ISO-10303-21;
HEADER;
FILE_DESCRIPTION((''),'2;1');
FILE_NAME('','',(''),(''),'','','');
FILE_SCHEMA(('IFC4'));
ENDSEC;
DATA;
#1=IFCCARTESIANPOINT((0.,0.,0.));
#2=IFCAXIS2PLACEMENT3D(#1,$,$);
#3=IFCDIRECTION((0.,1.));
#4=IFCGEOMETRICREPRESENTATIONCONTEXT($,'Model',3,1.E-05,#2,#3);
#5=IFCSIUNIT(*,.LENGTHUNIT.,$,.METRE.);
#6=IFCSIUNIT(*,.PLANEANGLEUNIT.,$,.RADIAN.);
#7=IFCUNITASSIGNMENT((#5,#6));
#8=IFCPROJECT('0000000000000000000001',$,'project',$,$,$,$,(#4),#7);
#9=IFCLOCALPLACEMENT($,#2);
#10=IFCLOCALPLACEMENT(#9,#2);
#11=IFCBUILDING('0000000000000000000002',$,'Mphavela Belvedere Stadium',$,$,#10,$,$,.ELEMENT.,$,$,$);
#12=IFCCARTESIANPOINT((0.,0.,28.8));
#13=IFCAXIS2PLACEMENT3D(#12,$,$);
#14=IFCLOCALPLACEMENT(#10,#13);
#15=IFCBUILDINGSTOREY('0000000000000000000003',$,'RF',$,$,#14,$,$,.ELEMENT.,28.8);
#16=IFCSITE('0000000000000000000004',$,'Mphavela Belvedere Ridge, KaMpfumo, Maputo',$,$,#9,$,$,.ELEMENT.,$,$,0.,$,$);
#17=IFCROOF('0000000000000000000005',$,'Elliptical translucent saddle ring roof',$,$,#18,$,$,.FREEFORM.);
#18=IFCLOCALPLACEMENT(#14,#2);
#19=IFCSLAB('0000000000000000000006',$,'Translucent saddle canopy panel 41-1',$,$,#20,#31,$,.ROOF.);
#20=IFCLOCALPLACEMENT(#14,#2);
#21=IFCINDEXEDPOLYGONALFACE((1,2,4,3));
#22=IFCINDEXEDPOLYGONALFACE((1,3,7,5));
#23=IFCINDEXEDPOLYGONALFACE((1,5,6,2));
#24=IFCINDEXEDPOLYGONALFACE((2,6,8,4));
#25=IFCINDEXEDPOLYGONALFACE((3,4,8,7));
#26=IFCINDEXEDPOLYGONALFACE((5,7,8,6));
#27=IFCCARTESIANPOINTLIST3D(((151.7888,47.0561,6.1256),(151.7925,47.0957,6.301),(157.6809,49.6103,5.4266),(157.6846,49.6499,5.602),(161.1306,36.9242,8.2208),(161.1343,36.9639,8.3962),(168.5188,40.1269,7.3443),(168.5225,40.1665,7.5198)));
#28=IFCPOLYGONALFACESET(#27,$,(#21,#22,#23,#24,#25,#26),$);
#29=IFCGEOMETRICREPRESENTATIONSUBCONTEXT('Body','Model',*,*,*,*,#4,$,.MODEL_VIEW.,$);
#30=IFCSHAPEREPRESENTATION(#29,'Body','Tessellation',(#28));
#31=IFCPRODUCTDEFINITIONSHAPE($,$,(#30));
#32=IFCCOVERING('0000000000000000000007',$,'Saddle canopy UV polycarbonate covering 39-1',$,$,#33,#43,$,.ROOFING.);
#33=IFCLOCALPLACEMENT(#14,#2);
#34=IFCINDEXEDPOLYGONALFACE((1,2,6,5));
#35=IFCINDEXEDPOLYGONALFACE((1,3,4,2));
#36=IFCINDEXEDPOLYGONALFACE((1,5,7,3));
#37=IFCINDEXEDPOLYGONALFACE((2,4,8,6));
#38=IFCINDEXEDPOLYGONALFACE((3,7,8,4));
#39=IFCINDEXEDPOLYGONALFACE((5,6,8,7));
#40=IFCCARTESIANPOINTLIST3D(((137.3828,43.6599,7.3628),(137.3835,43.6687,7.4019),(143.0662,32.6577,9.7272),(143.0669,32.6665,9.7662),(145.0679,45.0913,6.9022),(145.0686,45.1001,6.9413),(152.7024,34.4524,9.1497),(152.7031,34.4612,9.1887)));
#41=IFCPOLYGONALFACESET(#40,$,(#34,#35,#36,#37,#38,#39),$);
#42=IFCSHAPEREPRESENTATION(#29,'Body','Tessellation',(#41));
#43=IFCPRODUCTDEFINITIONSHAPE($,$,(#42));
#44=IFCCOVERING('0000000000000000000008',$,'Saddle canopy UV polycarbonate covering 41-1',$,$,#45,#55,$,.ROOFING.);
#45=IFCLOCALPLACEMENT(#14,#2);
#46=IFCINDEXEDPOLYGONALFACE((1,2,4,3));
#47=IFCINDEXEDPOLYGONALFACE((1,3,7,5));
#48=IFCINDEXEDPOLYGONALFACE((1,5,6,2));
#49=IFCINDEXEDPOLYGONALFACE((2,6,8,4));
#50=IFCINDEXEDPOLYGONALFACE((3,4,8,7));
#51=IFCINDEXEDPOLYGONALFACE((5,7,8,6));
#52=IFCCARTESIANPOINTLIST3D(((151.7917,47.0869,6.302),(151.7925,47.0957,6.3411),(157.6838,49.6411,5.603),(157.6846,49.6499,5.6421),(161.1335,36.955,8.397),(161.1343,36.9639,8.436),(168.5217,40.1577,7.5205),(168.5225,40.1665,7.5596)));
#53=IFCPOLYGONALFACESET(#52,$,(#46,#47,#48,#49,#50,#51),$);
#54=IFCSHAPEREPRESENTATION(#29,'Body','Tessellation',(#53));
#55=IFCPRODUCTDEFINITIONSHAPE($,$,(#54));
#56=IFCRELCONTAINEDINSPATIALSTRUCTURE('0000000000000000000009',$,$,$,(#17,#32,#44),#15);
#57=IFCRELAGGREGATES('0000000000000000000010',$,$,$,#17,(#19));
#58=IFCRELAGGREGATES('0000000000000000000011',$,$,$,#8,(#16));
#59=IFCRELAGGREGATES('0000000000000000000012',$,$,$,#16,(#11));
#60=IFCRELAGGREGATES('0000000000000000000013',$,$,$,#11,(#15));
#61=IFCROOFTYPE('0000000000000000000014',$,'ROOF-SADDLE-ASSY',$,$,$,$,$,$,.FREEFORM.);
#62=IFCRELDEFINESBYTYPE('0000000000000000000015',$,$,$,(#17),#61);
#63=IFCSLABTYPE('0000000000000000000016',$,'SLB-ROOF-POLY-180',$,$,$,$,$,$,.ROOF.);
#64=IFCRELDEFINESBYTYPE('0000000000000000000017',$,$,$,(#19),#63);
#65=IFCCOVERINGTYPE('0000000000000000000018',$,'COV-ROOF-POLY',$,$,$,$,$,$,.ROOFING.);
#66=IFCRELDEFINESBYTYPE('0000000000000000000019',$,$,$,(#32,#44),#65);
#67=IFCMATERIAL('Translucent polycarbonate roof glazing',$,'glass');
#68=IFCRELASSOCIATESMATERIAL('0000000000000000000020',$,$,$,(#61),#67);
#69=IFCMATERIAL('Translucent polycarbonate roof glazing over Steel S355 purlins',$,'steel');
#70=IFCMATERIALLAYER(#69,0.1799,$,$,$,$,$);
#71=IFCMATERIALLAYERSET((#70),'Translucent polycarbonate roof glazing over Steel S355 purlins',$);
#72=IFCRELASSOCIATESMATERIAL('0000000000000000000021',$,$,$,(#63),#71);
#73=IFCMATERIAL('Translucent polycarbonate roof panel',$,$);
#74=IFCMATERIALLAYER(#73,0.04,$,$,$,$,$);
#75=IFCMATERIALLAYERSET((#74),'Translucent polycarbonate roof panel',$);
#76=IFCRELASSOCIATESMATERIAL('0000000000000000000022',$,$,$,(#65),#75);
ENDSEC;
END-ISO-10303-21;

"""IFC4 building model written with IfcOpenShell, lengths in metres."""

from ifc_helpers import new_model, si_unit, direction, frame, origin, place, context, subcontext, project, spatial, polyline, outline, extrude, material, layer, layer_set, type_object, element, aggregate, save


model = new_model("IFC4")

# Units and contexts
model_context = context("Model", 3, precision=1e-05, world=origin(), true_north=direction((0.0, 1.0)))
body_context = subcontext(model_context, "Body", "Model", "MODEL_VIEW")
ifc_project = project(units=[si_unit("LENGTHUNIT", "METRE"), si_unit("PLANEANGLEUNIT", "RADIAN")], contexts=[model_context])

# Site, building, storey
site_placement = place(None, origin())
site = spatial("IfcSite", under=ifc_project, at=site_placement, Name="Mphavela Belvedere Ridge, KaMpfumo, Maputo", CompositionType="ELEMENT", RefElevation=0.0)
building_placement = place(site_placement, origin())
building = spatial("IfcBuilding", under=site, at=building_placement, Name="Mphavela Belvedere Stadium", CompositionType="ELEMENT")
storey_placement = place(building_placement, frame((0.0, 0.0, 28.8)))
storey = spatial("IfcBuildingStorey", under=building, at=storey_placement, Name="RF", CompositionType="ELEMENT", Elevation=28.8)

# Roof, slab
ifc_material_1 = material(Name="Translucent polycarbonate roof glazing", Category="glass")
roof_type = type_object("IfcRoofType", Name="ROOF-SADDLE-ASSY", PredefinedType="FREEFORM", material=ifc_material_1)
roof_placement = place(storey_placement, origin())
roof = element("IfcRoof", 1, at=roof_placement, inside=storey, type_object=roof_type, Name="Elliptical translucent saddle ring roof", PredefinedType="FREEFORM")
ifc_material_2 = material(Name="Translucent polycarbonate roof glazing over Steel S355 purlins", Category="steel")
ifc_layer_1 = layer(ifc_material_2, 0.1799)
ifc_layer_set_1 = layer_set([ifc_layer_1], Name="Translucent polycarbonate roof glazing over Steel S355 purlins")
slab_type = type_object("IfcSlabType", Name="SLB-ROOF-POLY-180", PredefinedType="ROOF", material=ifc_layer_set_1)
slab_1_placement = place(storey_placement, frame((151.7925, 47.0957, 6.301), z_axis=(0.020197, 0.220292, 0.975225), x_axis=(0.912114, 0.395398, -0.108206)))
slab_1 = element("IfcSlab", 2, at=slab_1_placement, type_object=slab_type, Name="Translucent saddle canopy panel 41-1", PredefinedType="ROOF", context=body_context, shape_type="SweptSolid", body=[
    extrude(outline(polyline([(0.0, 0.0), (6.4598, 0.0), (12.388, -13.2638), (4.288, -13.2637), (0.0, 0.0)])), origin(), (0.0, 0.0, -1.0), 0.1799),
])
aggregate(roof, [slab_1])

# Coverings
ifc_material_3 = material(Name="Translucent polycarbonate roof panel")
ifc_layer_2 = layer(ifc_material_3, 0.04)
ifc_layer_set_2 = layer_set([ifc_layer_2], Name="Translucent polycarbonate roof panel")
covering_type = type_object("IfcCoveringType", Name="COV-ROOF-POLY", PredefinedType="ROOFING", material=ifc_layer_set_2)
covering_1_placement = place(storey_placement, frame((137.3835, 43.6687, 7.4019), z_axis=(0.017716, 0.218809, 0.975607), x_axis=(0.981392, 0.182787, -0.058817)))
element("IfcCovering", 3, at=covering_1_placement, inside=storey, type_object=covering_type, Name="Saddle canopy UV polycarbonate covering 39-1", PredefinedType="ROOFING", context=body_context, shape_type="SweptSolid", body=[
    extrude(outline(polyline([(0.0, 0.0), (7.8308, 0.0), (13.2464, -12.1324), (3.4275, -12.1323), (0.0, 0.0)])), origin(), (0.0, 0.0, -1.0), 0.04),
])
covering_2_placement = place(storey_placement, frame((151.7925, 47.0957, 6.3411), z_axis=(0.020204, 0.220276, 0.975228), x_axis=(0.912114, 0.395398, -0.108206)))
element("IfcCovering", 4, at=covering_2_placement, inside=storey, type_object=covering_type, Name="Saddle canopy UV polycarbonate covering 41-1", PredefinedType="ROOFING", context=body_context, shape_type="SweptSolid", body=[
    extrude(outline(polyline([(0.0, 0.0), (6.4598, 0.0), (12.388, -13.2638), (4.288, -13.2637), (0.0, 0.0)])), origin(), (0.0, 0.0, -1.0), 0.04),
])

save(model, "model.ifc")
